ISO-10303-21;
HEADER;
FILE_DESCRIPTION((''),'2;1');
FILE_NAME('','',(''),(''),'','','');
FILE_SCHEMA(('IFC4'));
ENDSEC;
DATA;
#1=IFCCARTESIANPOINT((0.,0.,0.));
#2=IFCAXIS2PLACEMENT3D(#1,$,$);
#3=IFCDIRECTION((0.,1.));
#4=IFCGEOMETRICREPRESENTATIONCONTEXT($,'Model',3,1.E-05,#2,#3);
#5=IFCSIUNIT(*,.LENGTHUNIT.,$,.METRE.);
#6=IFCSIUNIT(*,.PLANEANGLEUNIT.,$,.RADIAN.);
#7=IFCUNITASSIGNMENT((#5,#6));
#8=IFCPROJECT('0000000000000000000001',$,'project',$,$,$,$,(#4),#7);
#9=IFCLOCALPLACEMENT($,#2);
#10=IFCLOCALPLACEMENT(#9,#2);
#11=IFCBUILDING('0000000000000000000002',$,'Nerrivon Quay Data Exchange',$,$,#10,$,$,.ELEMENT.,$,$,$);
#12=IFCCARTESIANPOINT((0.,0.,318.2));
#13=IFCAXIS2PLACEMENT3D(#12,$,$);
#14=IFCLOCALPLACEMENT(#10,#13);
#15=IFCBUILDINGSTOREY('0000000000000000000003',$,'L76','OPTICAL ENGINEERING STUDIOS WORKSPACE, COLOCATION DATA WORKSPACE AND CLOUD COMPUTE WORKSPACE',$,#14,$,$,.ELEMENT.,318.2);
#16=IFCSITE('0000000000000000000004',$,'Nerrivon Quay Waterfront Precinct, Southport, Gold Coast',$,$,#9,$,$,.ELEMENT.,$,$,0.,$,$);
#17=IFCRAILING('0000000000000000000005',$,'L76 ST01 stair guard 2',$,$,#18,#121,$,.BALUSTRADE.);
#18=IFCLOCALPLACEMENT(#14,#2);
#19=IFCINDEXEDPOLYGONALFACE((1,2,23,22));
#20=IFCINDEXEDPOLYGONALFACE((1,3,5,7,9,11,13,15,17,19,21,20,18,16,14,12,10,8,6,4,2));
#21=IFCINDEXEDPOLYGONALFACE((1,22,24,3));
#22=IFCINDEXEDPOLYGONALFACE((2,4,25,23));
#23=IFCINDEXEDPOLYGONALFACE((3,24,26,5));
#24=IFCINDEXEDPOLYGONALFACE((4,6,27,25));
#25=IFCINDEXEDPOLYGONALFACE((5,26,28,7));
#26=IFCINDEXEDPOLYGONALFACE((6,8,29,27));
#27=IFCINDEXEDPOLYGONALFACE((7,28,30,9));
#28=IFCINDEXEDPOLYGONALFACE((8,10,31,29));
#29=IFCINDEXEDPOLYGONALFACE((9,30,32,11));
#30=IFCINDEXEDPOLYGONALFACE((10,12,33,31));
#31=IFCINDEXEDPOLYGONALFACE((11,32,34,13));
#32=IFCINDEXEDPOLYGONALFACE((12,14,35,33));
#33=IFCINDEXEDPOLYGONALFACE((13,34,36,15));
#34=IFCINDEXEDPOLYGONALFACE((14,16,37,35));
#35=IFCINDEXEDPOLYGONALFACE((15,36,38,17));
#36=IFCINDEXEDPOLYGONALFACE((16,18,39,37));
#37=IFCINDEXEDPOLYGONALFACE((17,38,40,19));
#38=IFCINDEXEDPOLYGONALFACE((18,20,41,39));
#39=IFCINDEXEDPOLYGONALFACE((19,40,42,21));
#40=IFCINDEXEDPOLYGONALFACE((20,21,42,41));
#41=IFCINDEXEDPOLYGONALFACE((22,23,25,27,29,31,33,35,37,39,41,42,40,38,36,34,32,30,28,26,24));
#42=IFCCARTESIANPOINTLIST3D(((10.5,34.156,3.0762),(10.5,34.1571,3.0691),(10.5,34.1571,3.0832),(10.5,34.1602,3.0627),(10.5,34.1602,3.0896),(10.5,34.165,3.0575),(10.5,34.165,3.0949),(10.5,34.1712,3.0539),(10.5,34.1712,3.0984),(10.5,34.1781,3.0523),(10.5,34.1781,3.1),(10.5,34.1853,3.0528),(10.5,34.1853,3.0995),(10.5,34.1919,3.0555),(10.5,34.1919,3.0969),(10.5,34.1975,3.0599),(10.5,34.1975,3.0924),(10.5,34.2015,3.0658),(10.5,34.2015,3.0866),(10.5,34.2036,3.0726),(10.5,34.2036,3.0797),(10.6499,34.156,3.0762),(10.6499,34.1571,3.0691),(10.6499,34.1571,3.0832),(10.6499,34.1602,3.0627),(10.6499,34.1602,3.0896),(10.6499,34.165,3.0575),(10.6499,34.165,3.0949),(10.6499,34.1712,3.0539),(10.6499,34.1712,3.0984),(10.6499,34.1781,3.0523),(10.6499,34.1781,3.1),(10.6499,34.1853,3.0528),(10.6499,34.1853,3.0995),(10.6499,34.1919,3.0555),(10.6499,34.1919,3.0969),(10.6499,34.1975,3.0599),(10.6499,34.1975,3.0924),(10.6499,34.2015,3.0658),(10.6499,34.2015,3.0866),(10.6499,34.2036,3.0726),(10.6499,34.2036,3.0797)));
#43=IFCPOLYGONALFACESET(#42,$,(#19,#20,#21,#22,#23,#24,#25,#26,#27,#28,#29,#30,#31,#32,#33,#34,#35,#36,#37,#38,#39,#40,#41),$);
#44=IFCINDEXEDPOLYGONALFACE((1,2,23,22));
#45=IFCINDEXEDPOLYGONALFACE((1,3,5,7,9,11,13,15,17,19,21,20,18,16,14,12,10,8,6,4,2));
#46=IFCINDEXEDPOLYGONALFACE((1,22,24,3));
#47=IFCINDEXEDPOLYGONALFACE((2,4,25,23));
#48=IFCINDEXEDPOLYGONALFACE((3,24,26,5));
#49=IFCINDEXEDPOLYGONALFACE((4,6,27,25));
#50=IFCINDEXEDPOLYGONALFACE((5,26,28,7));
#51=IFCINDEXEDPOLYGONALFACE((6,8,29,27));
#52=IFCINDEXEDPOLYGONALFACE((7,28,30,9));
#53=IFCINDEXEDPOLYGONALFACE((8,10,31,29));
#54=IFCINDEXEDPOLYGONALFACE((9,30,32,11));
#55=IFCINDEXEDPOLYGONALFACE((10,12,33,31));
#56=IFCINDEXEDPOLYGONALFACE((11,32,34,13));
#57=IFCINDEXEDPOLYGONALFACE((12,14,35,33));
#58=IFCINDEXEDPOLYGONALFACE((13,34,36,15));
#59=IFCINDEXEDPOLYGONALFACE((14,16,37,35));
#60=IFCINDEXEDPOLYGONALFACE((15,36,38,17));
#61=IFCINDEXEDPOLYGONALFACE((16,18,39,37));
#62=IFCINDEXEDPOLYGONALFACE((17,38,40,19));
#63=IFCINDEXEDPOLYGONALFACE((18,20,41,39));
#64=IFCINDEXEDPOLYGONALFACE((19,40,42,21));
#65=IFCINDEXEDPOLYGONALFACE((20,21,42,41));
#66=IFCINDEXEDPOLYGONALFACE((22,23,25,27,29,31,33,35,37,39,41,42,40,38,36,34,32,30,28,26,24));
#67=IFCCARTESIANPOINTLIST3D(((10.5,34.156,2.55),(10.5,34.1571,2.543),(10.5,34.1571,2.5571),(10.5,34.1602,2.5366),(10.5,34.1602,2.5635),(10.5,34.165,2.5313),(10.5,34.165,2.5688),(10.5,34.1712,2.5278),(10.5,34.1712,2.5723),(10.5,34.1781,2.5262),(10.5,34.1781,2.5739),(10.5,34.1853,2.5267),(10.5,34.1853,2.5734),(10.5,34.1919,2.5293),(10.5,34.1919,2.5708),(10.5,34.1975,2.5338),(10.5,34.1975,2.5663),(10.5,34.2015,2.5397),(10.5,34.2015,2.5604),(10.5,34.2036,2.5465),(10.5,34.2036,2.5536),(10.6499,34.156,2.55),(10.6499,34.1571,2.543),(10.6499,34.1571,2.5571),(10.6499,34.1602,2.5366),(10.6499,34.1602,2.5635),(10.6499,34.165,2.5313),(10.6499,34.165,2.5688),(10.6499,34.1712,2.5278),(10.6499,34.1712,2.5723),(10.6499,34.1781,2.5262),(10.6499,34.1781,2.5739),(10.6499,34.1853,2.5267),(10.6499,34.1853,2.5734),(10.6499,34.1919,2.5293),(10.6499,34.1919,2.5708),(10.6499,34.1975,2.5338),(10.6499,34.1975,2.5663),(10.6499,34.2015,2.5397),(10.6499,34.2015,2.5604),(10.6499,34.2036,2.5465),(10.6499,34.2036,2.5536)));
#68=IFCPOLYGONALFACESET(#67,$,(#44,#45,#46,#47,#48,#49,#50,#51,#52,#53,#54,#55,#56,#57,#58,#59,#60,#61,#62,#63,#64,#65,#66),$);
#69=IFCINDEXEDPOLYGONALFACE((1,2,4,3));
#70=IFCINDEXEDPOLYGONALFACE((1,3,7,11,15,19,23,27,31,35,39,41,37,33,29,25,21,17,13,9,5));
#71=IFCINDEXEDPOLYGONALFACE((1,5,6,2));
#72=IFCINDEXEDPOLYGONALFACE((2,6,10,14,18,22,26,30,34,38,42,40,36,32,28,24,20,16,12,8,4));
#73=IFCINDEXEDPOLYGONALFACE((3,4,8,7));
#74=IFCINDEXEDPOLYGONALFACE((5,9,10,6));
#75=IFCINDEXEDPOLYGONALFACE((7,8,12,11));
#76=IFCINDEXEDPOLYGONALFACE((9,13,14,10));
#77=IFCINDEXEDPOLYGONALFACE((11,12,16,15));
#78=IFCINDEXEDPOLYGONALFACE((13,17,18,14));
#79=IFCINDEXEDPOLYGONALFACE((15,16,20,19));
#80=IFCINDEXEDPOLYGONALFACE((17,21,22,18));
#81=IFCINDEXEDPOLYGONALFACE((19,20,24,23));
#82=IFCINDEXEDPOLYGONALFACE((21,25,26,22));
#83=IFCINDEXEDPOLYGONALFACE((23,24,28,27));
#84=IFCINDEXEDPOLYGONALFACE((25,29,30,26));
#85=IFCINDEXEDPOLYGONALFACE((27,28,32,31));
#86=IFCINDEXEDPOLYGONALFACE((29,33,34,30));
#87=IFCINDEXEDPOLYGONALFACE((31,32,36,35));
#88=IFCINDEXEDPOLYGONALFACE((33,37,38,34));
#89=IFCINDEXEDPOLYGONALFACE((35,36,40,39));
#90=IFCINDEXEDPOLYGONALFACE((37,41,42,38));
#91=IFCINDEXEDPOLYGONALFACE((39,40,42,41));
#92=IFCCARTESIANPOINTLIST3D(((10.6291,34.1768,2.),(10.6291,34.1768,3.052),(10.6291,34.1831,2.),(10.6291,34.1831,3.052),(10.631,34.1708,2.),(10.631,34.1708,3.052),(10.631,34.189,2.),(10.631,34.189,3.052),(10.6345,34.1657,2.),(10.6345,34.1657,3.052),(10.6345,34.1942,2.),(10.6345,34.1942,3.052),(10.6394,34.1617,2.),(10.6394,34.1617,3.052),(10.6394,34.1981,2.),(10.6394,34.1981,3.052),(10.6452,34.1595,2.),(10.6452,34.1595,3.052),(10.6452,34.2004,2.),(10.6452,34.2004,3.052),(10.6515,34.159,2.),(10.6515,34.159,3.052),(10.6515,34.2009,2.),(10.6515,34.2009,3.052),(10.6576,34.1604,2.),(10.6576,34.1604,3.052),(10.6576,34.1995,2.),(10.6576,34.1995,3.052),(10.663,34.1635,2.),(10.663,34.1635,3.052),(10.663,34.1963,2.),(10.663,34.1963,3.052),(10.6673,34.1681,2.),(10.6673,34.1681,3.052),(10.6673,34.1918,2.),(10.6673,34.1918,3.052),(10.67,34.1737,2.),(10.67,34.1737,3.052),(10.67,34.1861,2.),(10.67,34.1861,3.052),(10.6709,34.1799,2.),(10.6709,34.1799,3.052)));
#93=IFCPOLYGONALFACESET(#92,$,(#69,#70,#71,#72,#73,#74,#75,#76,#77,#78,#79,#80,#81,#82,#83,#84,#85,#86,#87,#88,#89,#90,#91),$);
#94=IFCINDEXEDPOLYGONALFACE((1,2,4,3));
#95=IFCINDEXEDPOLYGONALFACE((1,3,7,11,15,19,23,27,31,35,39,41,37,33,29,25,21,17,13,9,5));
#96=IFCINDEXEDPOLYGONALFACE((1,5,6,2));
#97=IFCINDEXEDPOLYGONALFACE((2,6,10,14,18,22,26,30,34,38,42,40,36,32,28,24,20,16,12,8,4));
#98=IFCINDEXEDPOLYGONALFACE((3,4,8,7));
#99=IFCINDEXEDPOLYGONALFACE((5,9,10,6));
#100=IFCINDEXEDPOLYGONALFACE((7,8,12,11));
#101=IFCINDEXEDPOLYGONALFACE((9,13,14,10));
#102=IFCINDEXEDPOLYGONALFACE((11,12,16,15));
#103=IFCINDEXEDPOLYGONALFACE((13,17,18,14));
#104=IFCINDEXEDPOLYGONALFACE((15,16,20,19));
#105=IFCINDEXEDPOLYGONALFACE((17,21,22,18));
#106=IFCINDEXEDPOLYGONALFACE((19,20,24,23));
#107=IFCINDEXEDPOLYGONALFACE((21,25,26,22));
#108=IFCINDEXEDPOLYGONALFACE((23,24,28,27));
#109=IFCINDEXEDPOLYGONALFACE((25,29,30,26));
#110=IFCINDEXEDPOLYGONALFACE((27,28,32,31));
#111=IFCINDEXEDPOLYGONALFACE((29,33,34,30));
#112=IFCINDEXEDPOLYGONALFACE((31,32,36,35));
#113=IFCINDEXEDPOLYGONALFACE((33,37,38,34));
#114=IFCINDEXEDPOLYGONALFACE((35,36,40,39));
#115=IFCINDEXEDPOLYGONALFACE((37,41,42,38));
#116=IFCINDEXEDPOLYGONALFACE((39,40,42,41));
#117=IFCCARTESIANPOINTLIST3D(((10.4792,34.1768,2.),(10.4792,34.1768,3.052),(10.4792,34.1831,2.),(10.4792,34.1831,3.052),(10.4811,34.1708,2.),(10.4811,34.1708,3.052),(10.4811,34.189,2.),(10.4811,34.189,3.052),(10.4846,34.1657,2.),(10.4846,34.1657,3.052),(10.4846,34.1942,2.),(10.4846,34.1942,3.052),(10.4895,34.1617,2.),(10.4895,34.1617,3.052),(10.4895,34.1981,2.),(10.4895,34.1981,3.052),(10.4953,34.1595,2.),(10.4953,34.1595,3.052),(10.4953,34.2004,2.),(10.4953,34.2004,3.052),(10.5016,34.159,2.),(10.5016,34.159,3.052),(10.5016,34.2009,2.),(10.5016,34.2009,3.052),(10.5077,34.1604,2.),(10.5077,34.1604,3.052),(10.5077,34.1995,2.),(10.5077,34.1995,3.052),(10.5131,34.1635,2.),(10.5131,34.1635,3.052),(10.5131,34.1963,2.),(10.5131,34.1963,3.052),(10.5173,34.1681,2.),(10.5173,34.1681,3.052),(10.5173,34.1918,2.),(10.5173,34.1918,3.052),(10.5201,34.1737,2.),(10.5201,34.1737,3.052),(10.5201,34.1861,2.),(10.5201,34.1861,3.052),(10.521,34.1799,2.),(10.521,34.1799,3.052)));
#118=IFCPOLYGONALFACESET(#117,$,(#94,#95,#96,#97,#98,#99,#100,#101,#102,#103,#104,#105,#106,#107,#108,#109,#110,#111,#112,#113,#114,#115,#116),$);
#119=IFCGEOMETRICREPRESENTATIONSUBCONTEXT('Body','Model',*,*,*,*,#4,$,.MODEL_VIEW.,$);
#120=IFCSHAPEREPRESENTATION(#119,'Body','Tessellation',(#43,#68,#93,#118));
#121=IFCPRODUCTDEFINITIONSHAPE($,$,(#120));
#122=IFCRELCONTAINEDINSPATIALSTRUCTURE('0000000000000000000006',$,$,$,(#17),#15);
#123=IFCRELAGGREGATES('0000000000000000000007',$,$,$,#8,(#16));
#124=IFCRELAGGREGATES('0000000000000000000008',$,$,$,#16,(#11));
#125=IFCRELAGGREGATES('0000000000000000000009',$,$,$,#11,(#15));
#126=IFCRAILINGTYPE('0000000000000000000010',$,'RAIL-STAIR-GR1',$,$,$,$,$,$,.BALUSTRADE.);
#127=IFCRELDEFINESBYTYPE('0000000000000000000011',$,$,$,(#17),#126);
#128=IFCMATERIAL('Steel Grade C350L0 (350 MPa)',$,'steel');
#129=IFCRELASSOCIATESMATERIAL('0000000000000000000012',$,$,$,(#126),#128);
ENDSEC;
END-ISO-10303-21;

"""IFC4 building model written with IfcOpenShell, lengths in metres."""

from ifc_helpers import new_model, si_unit, direction, frame, origin, origin_2d, place, context, subcontext, project, spatial, circle, extrude, material, type_object, element, save


model = new_model("IFC4")

# Units and contexts
model_context = context("Model", 3, precision=1e-05, world=origin(), true_north=direction((0.0, 1.0)))
body_context = subcontext(model_context, "Body", "Model", "MODEL_VIEW")
ifc_project = project(units=[si_unit("LENGTHUNIT", "METRE"), si_unit("PLANEANGLEUNIT", "RADIAN")], contexts=[model_context])

# Site, building, storey
site_placement = place(None, origin())
site = spatial("IfcSite", under=ifc_project, at=site_placement, Name="Nerrivon Quay Waterfront Precinct, Southport, Gold Coast", CompositionType="ELEMENT", RefElevation=0.0)
building_placement = place(site_placement, origin())
building = spatial("IfcBuilding", under=site, at=building_placement, Name="Nerrivon Quay Data Exchange", CompositionType="ELEMENT")
storey_placement = place(building_placement, frame((0.0, 0.0, 318.2)))
storey = spatial("IfcBuildingStorey", under=building, at=storey_placement, Name="L76", Description="OPTICAL ENGINEERING STUDIOS WORKSPACE, COLOCATION DATA WORKSPACE AND CLOUD COMPUTE WORKSPACE", CompositionType="ELEMENT", Elevation=318.2)

# Shared definitions
ifc_material_1 = material(Name="Steel Grade C350L0 (350 MPa)", Category="steel")

# Railing
railing_type_1 = type_object("IfcRailingType", Name="RAIL-STAIR-GR1", PredefinedType="BALUSTRADE", material=ifc_material_1)
railing_1_placement = place(storey_placement, frame((10.6499, 34.1799, 2.0)))
element("IfcRailing", 1, at=railing_1_placement, inside=storey, type_object=railing_type_1, Name="L76 ST01 stair guard 2", PredefinedType="BALUSTRADE", context=body_context, shape_type="SweptSolid", body=[
    extrude(circle(Radius=0.0239, at=origin_2d()), frame((0.0, 0.0, 1.0762), z_axis=(-1.0, 0.0, 0.0), x_axis=(0.0, -1.0, 0.0)), (0.0, 0.0, 1.0), 0.1499),
    extrude(circle(Radius=0.0239, at=origin_2d()), frame((0.0, 0.0, 0.55), z_axis=(-1.0, 0.0, 0.0), x_axis=(0.0, -1.0, 0.0)), (0.0, 0.0, 1.0), 0.1499),
    extrude(circle(Radius=0.021, at=origin_2d()), origin(), (0.0, 0.0, 1.0), 1.052),
    extrude(circle(Radius=0.021, at=origin_2d()), frame((-0.1499, 0.0, 0.0)), (0.0, 0.0, 1.0), 1.052),
])

save(model, "model.ifc")
